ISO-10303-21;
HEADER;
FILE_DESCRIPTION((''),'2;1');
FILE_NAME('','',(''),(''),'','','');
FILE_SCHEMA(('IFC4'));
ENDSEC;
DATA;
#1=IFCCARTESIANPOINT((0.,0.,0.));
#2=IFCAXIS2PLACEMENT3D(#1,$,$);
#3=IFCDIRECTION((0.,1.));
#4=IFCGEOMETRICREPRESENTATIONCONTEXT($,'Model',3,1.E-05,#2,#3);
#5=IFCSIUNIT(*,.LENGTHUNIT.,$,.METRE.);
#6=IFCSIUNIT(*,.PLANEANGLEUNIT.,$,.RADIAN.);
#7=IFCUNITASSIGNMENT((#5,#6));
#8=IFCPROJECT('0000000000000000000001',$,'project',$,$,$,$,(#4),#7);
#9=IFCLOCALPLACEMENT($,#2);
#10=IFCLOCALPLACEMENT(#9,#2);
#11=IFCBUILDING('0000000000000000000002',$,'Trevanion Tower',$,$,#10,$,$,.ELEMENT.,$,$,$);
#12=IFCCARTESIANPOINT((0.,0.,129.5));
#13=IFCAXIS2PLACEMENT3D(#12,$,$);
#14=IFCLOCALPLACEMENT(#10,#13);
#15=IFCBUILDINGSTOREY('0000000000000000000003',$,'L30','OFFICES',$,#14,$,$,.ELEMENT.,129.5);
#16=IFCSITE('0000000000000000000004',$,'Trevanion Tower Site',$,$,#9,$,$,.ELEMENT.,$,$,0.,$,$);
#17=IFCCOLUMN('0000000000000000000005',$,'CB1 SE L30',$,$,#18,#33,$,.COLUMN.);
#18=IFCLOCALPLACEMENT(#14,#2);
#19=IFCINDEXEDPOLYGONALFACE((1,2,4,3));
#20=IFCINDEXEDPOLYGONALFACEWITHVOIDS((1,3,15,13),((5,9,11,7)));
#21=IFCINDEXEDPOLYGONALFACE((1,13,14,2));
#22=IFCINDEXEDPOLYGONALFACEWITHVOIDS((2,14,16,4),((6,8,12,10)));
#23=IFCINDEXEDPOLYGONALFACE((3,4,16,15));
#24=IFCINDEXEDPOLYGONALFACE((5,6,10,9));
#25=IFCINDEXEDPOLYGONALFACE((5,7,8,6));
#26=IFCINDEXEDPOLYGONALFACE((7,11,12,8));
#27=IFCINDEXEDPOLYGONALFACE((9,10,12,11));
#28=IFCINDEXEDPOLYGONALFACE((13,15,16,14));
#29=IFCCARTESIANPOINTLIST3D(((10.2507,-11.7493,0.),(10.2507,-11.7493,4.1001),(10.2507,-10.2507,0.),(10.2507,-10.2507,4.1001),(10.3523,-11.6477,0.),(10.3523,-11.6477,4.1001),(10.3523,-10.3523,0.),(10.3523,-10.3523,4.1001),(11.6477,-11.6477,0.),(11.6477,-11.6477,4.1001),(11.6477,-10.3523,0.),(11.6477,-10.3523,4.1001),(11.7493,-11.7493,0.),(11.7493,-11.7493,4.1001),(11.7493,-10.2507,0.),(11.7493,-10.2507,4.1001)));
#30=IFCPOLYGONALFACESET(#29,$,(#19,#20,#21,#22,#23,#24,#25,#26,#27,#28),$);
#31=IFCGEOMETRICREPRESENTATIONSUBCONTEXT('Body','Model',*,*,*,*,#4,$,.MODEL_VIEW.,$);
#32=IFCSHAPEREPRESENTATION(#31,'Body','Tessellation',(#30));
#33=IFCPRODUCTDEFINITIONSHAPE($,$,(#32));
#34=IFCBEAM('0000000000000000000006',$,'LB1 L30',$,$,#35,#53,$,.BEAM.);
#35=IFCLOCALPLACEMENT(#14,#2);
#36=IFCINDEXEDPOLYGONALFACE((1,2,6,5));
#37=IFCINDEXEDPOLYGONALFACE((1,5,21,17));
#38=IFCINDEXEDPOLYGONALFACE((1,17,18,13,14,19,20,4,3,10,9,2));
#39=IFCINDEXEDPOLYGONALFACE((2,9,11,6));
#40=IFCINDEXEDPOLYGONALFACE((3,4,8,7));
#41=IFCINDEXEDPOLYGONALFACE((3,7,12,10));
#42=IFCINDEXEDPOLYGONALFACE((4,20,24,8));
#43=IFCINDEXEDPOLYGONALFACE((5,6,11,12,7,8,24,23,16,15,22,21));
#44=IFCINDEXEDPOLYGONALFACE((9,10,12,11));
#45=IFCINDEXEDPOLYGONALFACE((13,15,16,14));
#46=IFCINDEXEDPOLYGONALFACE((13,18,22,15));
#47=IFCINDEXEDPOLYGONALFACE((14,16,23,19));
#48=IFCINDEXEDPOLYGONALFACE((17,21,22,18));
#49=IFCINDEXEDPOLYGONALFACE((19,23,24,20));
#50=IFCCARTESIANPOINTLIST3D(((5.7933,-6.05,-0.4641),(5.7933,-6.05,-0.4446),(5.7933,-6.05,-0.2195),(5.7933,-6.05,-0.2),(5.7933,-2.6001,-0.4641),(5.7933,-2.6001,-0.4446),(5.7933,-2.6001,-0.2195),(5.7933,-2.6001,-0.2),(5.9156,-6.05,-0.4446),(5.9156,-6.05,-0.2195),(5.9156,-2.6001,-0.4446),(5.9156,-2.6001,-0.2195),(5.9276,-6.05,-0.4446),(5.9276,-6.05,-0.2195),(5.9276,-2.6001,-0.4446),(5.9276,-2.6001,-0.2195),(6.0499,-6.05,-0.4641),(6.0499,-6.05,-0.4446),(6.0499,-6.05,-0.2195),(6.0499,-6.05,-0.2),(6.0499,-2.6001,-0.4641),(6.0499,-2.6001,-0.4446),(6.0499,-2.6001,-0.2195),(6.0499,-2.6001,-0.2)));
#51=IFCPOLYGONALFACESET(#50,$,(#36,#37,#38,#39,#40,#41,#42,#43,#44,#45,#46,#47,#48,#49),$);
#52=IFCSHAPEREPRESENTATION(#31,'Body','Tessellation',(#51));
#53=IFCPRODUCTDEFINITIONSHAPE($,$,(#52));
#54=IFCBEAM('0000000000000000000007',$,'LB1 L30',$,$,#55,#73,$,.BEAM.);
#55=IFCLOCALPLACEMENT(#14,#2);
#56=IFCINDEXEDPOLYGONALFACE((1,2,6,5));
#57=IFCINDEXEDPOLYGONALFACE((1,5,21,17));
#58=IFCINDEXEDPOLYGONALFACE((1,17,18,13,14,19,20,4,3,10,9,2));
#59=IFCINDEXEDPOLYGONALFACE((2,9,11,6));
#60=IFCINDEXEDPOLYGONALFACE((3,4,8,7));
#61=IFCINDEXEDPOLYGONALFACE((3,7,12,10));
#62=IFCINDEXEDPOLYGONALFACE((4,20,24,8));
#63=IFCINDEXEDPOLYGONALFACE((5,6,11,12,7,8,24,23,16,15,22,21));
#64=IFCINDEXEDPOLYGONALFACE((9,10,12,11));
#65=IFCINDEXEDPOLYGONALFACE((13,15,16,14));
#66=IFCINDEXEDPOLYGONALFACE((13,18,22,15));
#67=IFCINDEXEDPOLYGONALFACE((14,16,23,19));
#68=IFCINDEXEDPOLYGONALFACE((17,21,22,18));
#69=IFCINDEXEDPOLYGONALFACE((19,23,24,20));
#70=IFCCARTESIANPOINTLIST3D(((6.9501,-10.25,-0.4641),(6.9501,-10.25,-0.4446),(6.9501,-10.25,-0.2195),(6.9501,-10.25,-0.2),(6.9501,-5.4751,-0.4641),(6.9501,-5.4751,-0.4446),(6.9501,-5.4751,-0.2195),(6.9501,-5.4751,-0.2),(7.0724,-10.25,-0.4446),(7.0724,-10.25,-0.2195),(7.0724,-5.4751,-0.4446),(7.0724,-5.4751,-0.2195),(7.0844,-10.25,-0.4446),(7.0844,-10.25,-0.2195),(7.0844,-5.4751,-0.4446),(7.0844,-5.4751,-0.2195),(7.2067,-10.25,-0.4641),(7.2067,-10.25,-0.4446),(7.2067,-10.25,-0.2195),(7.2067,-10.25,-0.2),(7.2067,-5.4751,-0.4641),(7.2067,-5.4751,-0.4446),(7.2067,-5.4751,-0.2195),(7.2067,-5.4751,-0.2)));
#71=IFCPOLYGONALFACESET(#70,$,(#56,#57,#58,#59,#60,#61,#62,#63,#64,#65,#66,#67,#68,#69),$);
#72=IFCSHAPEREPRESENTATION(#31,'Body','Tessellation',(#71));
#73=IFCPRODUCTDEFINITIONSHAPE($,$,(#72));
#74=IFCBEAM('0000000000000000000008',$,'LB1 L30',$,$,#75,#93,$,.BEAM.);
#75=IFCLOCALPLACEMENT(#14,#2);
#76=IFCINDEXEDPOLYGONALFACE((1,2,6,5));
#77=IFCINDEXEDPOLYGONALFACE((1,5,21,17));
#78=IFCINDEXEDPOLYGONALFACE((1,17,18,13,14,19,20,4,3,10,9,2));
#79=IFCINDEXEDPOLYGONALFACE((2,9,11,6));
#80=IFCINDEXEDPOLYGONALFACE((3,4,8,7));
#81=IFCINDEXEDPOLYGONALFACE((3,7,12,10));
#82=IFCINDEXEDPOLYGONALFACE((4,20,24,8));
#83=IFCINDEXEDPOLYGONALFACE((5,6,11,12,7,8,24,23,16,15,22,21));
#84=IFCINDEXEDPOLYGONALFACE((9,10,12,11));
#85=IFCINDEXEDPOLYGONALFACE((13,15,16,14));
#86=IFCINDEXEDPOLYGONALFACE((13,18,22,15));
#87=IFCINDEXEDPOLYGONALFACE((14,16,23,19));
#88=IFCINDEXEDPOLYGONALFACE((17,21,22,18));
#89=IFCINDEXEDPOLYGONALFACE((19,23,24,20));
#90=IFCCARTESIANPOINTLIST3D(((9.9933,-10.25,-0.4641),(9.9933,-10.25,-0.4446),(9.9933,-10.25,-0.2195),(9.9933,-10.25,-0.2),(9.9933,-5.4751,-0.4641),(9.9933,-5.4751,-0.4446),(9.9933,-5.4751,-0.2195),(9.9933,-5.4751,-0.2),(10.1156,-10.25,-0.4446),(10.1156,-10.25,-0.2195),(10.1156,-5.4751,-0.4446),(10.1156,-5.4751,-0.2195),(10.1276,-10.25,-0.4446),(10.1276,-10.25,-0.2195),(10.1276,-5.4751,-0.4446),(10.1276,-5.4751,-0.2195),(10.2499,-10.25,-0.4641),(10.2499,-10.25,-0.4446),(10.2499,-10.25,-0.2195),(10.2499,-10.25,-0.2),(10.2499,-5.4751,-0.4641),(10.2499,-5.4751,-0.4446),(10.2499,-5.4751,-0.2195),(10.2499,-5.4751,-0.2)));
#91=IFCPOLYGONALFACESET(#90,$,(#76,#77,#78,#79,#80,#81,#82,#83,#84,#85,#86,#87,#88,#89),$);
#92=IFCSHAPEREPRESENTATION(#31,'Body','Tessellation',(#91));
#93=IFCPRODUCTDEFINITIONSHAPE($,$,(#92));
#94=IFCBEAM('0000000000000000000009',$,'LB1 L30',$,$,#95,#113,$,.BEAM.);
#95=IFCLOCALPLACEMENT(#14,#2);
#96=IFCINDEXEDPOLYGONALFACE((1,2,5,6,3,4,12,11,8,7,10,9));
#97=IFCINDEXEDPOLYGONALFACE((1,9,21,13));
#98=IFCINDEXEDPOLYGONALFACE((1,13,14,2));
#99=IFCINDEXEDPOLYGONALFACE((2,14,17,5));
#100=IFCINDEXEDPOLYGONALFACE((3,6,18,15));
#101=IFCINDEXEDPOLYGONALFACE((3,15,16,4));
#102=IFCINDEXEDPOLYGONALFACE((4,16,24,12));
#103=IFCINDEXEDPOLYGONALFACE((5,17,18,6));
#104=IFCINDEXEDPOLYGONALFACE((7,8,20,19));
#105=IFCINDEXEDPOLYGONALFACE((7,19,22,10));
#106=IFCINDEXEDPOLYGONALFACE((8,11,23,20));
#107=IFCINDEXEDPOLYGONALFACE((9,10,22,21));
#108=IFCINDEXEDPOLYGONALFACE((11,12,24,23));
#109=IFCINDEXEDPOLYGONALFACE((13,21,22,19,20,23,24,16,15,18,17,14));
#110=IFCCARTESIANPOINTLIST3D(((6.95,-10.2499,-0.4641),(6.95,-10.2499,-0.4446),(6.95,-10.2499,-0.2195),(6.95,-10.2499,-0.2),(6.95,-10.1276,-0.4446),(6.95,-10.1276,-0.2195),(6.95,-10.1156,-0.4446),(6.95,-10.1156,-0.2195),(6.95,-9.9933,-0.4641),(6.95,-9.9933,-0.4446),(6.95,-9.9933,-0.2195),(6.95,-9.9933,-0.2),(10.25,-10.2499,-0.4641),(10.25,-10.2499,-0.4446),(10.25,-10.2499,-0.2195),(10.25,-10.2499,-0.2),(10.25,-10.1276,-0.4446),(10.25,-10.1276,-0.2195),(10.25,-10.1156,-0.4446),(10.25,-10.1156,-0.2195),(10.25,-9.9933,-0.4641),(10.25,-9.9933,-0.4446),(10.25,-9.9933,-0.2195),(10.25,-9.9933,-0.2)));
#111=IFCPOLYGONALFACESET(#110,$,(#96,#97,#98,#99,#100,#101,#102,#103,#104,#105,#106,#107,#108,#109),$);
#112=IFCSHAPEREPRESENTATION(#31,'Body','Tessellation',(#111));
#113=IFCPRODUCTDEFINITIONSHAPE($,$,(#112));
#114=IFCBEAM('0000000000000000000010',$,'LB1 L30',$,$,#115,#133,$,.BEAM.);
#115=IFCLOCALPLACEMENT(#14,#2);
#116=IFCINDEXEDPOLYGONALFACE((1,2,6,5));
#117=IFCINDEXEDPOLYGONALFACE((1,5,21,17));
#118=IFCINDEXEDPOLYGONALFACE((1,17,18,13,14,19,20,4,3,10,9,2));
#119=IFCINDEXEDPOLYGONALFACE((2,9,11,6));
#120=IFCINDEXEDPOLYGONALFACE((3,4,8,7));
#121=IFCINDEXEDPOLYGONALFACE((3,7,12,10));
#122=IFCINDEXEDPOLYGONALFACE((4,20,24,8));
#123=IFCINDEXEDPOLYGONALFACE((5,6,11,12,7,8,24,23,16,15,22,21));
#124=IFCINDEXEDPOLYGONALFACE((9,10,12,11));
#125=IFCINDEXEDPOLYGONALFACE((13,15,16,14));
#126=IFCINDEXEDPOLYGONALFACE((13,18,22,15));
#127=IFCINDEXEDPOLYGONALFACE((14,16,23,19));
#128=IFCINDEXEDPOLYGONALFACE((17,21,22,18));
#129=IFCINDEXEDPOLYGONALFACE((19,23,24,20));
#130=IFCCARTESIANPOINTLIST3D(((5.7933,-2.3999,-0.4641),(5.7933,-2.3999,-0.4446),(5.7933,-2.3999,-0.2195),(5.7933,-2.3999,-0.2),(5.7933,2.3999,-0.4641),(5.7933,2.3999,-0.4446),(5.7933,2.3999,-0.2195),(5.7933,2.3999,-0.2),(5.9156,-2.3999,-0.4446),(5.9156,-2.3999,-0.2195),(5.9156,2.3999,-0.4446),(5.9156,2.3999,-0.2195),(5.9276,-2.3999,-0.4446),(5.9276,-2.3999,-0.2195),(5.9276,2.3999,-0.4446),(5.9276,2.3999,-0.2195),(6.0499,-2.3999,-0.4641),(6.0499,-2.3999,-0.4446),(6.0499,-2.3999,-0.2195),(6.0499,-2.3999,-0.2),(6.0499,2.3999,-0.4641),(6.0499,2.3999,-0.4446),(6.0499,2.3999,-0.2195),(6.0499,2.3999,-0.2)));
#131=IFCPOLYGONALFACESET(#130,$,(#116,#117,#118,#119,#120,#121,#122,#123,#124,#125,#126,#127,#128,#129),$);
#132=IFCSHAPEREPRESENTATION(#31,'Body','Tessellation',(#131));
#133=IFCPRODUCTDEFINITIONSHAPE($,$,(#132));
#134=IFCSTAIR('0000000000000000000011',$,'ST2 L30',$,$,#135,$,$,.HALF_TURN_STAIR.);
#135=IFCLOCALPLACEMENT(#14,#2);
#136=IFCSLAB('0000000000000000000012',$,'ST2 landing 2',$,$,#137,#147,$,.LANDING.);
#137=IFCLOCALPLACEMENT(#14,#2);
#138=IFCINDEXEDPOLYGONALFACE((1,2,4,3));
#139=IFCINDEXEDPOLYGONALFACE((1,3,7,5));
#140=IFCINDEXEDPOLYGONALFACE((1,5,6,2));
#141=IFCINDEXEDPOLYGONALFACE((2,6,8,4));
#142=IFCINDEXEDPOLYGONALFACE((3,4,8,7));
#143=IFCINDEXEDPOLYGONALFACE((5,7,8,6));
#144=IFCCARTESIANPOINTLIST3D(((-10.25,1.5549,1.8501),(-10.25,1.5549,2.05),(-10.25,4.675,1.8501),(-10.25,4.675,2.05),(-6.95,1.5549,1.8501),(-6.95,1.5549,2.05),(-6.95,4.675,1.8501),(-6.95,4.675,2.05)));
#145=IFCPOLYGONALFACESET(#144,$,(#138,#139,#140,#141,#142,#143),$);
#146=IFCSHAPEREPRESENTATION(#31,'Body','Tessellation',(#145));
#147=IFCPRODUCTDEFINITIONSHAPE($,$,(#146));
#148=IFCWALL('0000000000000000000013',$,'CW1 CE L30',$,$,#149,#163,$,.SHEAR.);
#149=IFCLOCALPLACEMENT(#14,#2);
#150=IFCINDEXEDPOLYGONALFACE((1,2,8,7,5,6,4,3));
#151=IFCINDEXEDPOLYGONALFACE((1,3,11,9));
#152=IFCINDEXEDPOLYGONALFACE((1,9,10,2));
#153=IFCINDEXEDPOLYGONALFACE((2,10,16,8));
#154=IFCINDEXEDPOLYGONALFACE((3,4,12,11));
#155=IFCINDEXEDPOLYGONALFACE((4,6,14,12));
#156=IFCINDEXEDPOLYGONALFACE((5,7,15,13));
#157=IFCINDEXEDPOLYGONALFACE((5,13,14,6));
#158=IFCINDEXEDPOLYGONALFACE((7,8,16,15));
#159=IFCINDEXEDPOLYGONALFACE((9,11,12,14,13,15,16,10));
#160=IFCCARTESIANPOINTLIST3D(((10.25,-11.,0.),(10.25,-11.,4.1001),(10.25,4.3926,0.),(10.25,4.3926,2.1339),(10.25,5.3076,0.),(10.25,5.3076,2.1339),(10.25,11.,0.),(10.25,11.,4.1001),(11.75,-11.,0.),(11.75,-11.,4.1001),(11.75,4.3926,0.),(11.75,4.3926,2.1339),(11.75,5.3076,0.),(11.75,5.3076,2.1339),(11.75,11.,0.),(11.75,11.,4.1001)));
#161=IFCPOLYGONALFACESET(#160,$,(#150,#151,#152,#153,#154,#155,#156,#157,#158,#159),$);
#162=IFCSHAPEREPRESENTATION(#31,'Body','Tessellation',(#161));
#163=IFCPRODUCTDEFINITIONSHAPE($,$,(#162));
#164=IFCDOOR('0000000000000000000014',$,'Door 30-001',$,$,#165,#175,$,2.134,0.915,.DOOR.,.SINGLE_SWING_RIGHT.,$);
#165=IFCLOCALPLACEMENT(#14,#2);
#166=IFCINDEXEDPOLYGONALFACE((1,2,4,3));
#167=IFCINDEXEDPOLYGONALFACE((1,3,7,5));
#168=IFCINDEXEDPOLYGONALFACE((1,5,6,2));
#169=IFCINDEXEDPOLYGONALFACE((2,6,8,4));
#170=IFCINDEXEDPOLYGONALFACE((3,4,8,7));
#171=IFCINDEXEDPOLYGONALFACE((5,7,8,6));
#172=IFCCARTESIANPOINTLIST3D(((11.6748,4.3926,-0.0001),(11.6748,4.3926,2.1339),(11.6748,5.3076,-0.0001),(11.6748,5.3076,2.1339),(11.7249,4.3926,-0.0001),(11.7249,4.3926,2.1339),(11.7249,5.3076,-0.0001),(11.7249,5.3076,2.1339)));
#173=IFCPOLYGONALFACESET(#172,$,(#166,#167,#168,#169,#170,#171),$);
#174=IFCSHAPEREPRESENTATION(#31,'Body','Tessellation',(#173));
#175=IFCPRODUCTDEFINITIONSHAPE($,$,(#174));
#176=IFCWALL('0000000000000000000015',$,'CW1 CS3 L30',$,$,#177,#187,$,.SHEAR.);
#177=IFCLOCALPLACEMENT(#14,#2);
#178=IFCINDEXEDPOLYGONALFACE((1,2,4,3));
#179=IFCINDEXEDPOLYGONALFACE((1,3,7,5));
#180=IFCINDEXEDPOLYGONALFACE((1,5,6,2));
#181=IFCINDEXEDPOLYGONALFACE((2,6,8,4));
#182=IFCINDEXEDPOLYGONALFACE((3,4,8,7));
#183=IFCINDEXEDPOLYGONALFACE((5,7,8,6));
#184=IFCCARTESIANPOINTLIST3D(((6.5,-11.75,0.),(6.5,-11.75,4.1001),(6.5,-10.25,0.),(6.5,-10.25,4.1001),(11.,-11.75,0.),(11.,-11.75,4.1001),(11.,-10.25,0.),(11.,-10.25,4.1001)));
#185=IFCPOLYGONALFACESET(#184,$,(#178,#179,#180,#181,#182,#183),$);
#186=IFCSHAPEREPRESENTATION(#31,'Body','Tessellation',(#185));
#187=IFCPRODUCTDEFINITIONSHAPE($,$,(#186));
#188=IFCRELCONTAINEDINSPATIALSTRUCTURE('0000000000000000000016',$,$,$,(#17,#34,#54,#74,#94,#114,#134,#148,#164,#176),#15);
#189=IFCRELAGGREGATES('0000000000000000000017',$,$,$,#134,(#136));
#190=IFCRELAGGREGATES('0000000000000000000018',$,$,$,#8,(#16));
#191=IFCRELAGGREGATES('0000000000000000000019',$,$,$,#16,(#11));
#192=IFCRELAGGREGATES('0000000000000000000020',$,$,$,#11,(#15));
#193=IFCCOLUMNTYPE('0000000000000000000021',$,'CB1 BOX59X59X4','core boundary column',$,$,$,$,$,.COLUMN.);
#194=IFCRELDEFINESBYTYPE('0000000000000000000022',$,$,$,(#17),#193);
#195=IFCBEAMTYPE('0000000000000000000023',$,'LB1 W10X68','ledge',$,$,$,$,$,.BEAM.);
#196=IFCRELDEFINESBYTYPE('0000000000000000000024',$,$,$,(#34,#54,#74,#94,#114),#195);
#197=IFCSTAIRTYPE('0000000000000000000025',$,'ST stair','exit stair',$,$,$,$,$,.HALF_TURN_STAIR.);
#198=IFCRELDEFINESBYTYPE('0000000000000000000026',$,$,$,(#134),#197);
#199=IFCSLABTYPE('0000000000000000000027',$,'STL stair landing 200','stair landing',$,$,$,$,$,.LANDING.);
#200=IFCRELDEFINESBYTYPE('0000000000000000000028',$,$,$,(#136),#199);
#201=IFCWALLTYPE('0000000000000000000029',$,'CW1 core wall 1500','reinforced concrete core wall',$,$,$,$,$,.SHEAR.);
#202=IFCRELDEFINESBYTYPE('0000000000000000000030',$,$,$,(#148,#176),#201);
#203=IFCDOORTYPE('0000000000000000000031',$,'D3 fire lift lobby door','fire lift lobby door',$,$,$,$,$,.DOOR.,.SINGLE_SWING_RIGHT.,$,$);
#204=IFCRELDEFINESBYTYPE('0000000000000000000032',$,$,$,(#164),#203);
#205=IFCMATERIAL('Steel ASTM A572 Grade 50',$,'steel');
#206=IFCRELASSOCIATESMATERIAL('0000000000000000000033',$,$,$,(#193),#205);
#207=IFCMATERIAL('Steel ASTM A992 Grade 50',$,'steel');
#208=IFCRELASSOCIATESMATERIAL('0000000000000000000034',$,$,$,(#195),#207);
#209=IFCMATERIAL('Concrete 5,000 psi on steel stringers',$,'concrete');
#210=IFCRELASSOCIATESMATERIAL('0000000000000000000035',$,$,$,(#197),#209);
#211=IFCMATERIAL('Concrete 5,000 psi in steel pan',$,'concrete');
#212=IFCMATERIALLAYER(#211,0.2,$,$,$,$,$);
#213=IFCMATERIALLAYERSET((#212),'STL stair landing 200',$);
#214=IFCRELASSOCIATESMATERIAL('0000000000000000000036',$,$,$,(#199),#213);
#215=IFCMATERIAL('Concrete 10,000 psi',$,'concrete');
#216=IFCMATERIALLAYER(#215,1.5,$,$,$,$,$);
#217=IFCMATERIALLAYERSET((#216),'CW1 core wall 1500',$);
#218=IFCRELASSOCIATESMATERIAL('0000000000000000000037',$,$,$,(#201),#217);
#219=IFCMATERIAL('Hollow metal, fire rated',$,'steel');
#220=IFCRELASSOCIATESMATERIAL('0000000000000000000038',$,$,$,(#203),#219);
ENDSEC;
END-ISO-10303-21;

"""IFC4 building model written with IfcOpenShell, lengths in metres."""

from ifc_helpers import new_model, si_unit, direction, frame, frame_2d, origin, origin_2d, place, context, subcontext, project, spatial, polyline, rectangle, hollow_rectangle, i_section, outline, extrude, material, layer, layer_set, material_profile, profile_set, type_object, element, fill, aggregate, save


model = new_model("IFC4")

# Units and contexts
model_context = context("Model", 3, precision=1e-05, world=origin(), true_north=direction((0.0, 1.0)))
body_context = subcontext(model_context, "Body", "Model", "MODEL_VIEW")
ifc_project = project(units=[si_unit("LENGTHUNIT", "METRE"), si_unit("PLANEANGLEUNIT", "RADIAN")], contexts=[model_context])

# Site, building, storey
site_placement = place(None, origin())
site = spatial("IfcSite", under=ifc_project, at=site_placement, Name="Trevanion Tower Site", CompositionType="ELEMENT", RefElevation=0.0)
building_placement = place(site_placement, origin())
building = spatial("IfcBuilding", under=site, at=building_placement, Name="Trevanion Tower", CompositionType="ELEMENT")
storey_placement = place(building_placement, frame((0.0, 0.0, 129.5)))
storey = spatial("IfcBuildingStorey", under=building, at=storey_placement, Name="L30", Description="OFFICES", CompositionType="ELEMENT", Elevation=129.5)

# Column
ifc_material_1 = material(Name="Steel ASTM A572 Grade 50", Category="steel")
ifc_material_profile_1 = material_profile(ifc_material_1, hollow_rectangle(XDim=1.4985, YDim=1.4985, WallThickness=0.1016, at=origin_2d()), Name="BOX59X59X4")
ifc_profile_set_1 = profile_set([ifc_material_profile_1], Name="Steel ASTM A572 Grade 50")
column_type = type_object("IfcColumnType", Name="CB1 BOX59X59X4", Description="core boundary column", PredefinedType="COLUMN", material=ifc_profile_set_1)
column_placement = place(storey_placement, frame((11.0, -11.0, 0.0), z_axis=(0.0, 0.0, 1.0), x_axis=(1.0, 0.0, 0.0)))
element("IfcColumn", 1, at=column_placement, inside=storey, type_object=column_type, Name="CB1 SE L30", PredefinedType="COLUMN", context=body_context, shape_type="SweptSolid", body=[
    extrude(hollow_rectangle(XDim=1.4985, YDim=1.4985, WallThickness=0.1016, at=origin_2d()), origin(), (0.0, 0.0, 1.0), 4.1001),
])

# Beams
ifc_material_2 = material(Name="Steel ASTM A992 Grade 50", Category="steel")
ifc_material_profile_2 = material_profile(ifc_material_2, i_section(OverallWidth=0.2566, OverallDepth=0.2642, WebThickness=0.012, FlangeThickness=0.0195, at=origin_2d()), Name="W10X68")
ifc_profile_set_2 = profile_set([ifc_material_profile_2], Name="Steel ASTM A992 Grade 50")
beam_type = type_object("IfcBeamType", Name="LB1 W10X68", Description="ledge", PredefinedType="BEAM", material=ifc_profile_set_2)
beam_1_placement = place(storey_placement, frame((5.9216, -6.05, -0.332), z_axis=(0.0, 1.0, 0.0), x_axis=(-1.0, 0.0, 0.0)))
element("IfcBeam", 2, at=beam_1_placement, inside=storey, type_object=beam_type, Name="LB1 L30", PredefinedType="BEAM", context=body_context, shape_type="SweptSolid", body=[
    extrude(i_section(OverallWidth=0.2566, OverallDepth=0.2642, WebThickness=0.012, FlangeThickness=0.0195, at=origin_2d()), origin(), (0.0, 0.0, 1.0), 3.45),
])
for number, where, z_axis, x_axis, name in (
    (3, (7.0784, -10.25, -0.332), (0.0, 1.0, 0.0), (-1.0, 0.0, 0.0), "LB1 L30"),
    (4, (10.1216, -10.25, -0.332), (0.0, 1.0, 0.0), (-1.0, 0.0, 0.0), "LB1 L30"),
):
    element("IfcBeam", number, at=place(storey_placement, frame(where, z_axis=z_axis, x_axis=x_axis)), inside=storey, type_object=beam_type, Name=name, PredefinedType="BEAM", context=body_context, shape_type="SweptSolid", body=[
        extrude(i_section(OverallWidth=0.2566, OverallDepth=0.2642, WebThickness=0.012, FlangeThickness=0.0195, at=origin_2d()), origin(), (0.0, 0.0, 1.0), 4.7749),
    ])
beam_2_placement = place(storey_placement, frame((6.95, -10.1216, -0.332), z_axis=(1.0, 0.0, 0.0), x_axis=(0.0, 1.0, 0.0)))
element("IfcBeam", 5, at=beam_2_placement, inside=storey, type_object=beam_type, Name="LB1 L30", PredefinedType="BEAM", context=body_context, shape_type="SweptSolid", body=[
    extrude(i_section(OverallWidth=0.2566, OverallDepth=0.2642, WebThickness=0.012, FlangeThickness=0.0195, at=origin_2d()), origin(), (0.0, 0.0, 1.0), 3.3),
])
beam_3_placement = place(storey_placement, frame((5.9216, -2.3999, -0.332), z_axis=(0.0, 1.0, 0.0), x_axis=(-1.0, 0.0, 0.0)))
element("IfcBeam", 6, at=beam_3_placement, inside=storey, type_object=beam_type, Name="LB1 L30", PredefinedType="BEAM", context=body_context, shape_type="SweptSolid", body=[
    extrude(i_section(OverallWidth=0.2566, OverallDepth=0.2642, WebThickness=0.012, FlangeThickness=0.0195, at=origin_2d()), origin(), (0.0, 0.0, 1.0), 4.7998),
])

# Stair, slab
ifc_material_3 = material(Name="Concrete 5,000 psi on steel stringers", Category="concrete")
stair_type = type_object("IfcStairType", Name="ST stair", Description="exit stair", PredefinedType="HALF_TURN_STAIR", material=ifc_material_3)
stair_1_placement = place(storey_placement, origin())
stair_1 = element("IfcStair", 7, at=stair_1_placement, inside=storey, type_object=stair_type, Name="ST2 L30", PredefinedType="HALF_TURN_STAIR")
ifc_material_4 = material(Name="Concrete 5,000 psi in steel pan", Category="concrete")
ifc_layer_1 = layer(ifc_material_4, 0.2)
ifc_layer_set_1 = layer_set([ifc_layer_1], Name="STL stair landing 200")
slab_type = type_object("IfcSlabType", Name="STL stair landing 200", Description="stair landing", PredefinedType="LANDING", material=ifc_layer_set_1)
slab_placement = place(storey_placement, frame((0.0, 0.0, 1.8501)))
slab = element("IfcSlab", 8, at=slab_placement, type_object=slab_type, Name="ST2 landing 2", PredefinedType="LANDING", context=body_context, shape_type="SweptSolid", body=[
    extrude(outline(polyline([(-6.95, 4.675), (-10.25, 4.675), (-10.25, 1.5549), (-6.95, 1.5549), (-6.95, 4.675)])), origin(), (0.0, 0.0, 1.0), 0.2),
])
aggregate(stair_1, [slab])

# Wall, opening, door
ifc_material_5 = material(Name="Concrete 10,000 psi", Category="concrete")
ifc_layer_2 = layer(ifc_material_5, 1.5)
ifc_layer_set_2 = layer_set([ifc_layer_2], Name="CW1 core wall 1500")
wall_type_1 = type_object("IfcWallType", Name="CW1 core wall 1500", Description="reinforced concrete core wall", PredefinedType="SHEAR", material=ifc_layer_set_2)
wall_1_placement = place(storey_placement, frame((11.0, -11.0, 0.0), z_axis=(0.0, 0.0, 1.0), x_axis=(0.0, 1.0, 0.0)))
wall_1 = element("IfcWall", 9, at=wall_1_placement, inside=storey, type_object=wall_type_1, Name="CW1 CE L30", PredefinedType="SHEAR", context=body_context, shape_type="SweptSolid", body=[
    extrude(rectangle(XDim=22.0, YDim=1.5, at=frame_2d((11.0, 0.0))), origin(), (0.0, 0.0, 1.0), 4.1001),
])
opening_1_placement = place(wall_1_placement, frame((15.3926, 0.0, 0.0)))
opening_1 = element("IfcOpeningElement", 10, at=opening_1_placement, cuts=wall_1, PredefinedType="OPENING", context=body_context, shape_type="SweptSolid", body=[
    extrude(rectangle(XDim=0.915, YDim=2.134, at=frame_2d((0.4575, 1.0669))), frame((0.0, 0.76, 0.0), z_axis=(0.0, -1.0, 0.0), x_axis=(1.0, 0.0, 0.0)), (0.0, 0.0, 1.0), 1.52),
])
ifc_material_6 = material(Name="Hollow metal, fire rated", Category="steel")
door_type_1 = type_object("IfcDoorType", Name="D3 fire lift lobby door", Description="fire lift lobby door", OperationType="SINGLE_SWING_RIGHT", PredefinedType="DOOR", material=ifc_material_6)
door_1_placement = place(opening_1_placement, origin())
door_1 = element("IfcDoor", 11, at=door_1_placement, inside=storey, type_object=door_type_1, Name="Door 30-001", OperationType="SINGLE_SWING_RIGHT", OverallHeight=2.134, OverallWidth=0.915, PredefinedType="DOOR", context=body_context, shape_type="SweptSolid", body=[
    extrude(rectangle(XDim=0.915, YDim=2.134, at=frame_2d((0.4575, 1.0669))), frame((0.0, -0.6748, 0.0), z_axis=(0.0, -1.0, 0.0), x_axis=(1.0, 0.0, 0.0)), (0.0, 0.0, 1.0), 0.05),
])
fill(opening_1, door_1)

# Wall
wall_2_placement = place(storey_placement, frame((6.5, -11.0, 0.0), z_axis=(0.0, 0.0, 1.0), x_axis=(1.0, 0.0, 0.0)))
element("IfcWall", 12, at=wall_2_placement, inside=storey, type_object=wall_type_1, Name="CW1 CS3 L30", PredefinedType="SHEAR", context=body_context, shape_type="SweptSolid", body=[
    extrude(rectangle(XDim=4.5, YDim=1.5, at=frame_2d((2.25, 0.0))), origin(), (0.0, 0.0, 1.0), 4.1001),
])

save(model, "model.ifc")
